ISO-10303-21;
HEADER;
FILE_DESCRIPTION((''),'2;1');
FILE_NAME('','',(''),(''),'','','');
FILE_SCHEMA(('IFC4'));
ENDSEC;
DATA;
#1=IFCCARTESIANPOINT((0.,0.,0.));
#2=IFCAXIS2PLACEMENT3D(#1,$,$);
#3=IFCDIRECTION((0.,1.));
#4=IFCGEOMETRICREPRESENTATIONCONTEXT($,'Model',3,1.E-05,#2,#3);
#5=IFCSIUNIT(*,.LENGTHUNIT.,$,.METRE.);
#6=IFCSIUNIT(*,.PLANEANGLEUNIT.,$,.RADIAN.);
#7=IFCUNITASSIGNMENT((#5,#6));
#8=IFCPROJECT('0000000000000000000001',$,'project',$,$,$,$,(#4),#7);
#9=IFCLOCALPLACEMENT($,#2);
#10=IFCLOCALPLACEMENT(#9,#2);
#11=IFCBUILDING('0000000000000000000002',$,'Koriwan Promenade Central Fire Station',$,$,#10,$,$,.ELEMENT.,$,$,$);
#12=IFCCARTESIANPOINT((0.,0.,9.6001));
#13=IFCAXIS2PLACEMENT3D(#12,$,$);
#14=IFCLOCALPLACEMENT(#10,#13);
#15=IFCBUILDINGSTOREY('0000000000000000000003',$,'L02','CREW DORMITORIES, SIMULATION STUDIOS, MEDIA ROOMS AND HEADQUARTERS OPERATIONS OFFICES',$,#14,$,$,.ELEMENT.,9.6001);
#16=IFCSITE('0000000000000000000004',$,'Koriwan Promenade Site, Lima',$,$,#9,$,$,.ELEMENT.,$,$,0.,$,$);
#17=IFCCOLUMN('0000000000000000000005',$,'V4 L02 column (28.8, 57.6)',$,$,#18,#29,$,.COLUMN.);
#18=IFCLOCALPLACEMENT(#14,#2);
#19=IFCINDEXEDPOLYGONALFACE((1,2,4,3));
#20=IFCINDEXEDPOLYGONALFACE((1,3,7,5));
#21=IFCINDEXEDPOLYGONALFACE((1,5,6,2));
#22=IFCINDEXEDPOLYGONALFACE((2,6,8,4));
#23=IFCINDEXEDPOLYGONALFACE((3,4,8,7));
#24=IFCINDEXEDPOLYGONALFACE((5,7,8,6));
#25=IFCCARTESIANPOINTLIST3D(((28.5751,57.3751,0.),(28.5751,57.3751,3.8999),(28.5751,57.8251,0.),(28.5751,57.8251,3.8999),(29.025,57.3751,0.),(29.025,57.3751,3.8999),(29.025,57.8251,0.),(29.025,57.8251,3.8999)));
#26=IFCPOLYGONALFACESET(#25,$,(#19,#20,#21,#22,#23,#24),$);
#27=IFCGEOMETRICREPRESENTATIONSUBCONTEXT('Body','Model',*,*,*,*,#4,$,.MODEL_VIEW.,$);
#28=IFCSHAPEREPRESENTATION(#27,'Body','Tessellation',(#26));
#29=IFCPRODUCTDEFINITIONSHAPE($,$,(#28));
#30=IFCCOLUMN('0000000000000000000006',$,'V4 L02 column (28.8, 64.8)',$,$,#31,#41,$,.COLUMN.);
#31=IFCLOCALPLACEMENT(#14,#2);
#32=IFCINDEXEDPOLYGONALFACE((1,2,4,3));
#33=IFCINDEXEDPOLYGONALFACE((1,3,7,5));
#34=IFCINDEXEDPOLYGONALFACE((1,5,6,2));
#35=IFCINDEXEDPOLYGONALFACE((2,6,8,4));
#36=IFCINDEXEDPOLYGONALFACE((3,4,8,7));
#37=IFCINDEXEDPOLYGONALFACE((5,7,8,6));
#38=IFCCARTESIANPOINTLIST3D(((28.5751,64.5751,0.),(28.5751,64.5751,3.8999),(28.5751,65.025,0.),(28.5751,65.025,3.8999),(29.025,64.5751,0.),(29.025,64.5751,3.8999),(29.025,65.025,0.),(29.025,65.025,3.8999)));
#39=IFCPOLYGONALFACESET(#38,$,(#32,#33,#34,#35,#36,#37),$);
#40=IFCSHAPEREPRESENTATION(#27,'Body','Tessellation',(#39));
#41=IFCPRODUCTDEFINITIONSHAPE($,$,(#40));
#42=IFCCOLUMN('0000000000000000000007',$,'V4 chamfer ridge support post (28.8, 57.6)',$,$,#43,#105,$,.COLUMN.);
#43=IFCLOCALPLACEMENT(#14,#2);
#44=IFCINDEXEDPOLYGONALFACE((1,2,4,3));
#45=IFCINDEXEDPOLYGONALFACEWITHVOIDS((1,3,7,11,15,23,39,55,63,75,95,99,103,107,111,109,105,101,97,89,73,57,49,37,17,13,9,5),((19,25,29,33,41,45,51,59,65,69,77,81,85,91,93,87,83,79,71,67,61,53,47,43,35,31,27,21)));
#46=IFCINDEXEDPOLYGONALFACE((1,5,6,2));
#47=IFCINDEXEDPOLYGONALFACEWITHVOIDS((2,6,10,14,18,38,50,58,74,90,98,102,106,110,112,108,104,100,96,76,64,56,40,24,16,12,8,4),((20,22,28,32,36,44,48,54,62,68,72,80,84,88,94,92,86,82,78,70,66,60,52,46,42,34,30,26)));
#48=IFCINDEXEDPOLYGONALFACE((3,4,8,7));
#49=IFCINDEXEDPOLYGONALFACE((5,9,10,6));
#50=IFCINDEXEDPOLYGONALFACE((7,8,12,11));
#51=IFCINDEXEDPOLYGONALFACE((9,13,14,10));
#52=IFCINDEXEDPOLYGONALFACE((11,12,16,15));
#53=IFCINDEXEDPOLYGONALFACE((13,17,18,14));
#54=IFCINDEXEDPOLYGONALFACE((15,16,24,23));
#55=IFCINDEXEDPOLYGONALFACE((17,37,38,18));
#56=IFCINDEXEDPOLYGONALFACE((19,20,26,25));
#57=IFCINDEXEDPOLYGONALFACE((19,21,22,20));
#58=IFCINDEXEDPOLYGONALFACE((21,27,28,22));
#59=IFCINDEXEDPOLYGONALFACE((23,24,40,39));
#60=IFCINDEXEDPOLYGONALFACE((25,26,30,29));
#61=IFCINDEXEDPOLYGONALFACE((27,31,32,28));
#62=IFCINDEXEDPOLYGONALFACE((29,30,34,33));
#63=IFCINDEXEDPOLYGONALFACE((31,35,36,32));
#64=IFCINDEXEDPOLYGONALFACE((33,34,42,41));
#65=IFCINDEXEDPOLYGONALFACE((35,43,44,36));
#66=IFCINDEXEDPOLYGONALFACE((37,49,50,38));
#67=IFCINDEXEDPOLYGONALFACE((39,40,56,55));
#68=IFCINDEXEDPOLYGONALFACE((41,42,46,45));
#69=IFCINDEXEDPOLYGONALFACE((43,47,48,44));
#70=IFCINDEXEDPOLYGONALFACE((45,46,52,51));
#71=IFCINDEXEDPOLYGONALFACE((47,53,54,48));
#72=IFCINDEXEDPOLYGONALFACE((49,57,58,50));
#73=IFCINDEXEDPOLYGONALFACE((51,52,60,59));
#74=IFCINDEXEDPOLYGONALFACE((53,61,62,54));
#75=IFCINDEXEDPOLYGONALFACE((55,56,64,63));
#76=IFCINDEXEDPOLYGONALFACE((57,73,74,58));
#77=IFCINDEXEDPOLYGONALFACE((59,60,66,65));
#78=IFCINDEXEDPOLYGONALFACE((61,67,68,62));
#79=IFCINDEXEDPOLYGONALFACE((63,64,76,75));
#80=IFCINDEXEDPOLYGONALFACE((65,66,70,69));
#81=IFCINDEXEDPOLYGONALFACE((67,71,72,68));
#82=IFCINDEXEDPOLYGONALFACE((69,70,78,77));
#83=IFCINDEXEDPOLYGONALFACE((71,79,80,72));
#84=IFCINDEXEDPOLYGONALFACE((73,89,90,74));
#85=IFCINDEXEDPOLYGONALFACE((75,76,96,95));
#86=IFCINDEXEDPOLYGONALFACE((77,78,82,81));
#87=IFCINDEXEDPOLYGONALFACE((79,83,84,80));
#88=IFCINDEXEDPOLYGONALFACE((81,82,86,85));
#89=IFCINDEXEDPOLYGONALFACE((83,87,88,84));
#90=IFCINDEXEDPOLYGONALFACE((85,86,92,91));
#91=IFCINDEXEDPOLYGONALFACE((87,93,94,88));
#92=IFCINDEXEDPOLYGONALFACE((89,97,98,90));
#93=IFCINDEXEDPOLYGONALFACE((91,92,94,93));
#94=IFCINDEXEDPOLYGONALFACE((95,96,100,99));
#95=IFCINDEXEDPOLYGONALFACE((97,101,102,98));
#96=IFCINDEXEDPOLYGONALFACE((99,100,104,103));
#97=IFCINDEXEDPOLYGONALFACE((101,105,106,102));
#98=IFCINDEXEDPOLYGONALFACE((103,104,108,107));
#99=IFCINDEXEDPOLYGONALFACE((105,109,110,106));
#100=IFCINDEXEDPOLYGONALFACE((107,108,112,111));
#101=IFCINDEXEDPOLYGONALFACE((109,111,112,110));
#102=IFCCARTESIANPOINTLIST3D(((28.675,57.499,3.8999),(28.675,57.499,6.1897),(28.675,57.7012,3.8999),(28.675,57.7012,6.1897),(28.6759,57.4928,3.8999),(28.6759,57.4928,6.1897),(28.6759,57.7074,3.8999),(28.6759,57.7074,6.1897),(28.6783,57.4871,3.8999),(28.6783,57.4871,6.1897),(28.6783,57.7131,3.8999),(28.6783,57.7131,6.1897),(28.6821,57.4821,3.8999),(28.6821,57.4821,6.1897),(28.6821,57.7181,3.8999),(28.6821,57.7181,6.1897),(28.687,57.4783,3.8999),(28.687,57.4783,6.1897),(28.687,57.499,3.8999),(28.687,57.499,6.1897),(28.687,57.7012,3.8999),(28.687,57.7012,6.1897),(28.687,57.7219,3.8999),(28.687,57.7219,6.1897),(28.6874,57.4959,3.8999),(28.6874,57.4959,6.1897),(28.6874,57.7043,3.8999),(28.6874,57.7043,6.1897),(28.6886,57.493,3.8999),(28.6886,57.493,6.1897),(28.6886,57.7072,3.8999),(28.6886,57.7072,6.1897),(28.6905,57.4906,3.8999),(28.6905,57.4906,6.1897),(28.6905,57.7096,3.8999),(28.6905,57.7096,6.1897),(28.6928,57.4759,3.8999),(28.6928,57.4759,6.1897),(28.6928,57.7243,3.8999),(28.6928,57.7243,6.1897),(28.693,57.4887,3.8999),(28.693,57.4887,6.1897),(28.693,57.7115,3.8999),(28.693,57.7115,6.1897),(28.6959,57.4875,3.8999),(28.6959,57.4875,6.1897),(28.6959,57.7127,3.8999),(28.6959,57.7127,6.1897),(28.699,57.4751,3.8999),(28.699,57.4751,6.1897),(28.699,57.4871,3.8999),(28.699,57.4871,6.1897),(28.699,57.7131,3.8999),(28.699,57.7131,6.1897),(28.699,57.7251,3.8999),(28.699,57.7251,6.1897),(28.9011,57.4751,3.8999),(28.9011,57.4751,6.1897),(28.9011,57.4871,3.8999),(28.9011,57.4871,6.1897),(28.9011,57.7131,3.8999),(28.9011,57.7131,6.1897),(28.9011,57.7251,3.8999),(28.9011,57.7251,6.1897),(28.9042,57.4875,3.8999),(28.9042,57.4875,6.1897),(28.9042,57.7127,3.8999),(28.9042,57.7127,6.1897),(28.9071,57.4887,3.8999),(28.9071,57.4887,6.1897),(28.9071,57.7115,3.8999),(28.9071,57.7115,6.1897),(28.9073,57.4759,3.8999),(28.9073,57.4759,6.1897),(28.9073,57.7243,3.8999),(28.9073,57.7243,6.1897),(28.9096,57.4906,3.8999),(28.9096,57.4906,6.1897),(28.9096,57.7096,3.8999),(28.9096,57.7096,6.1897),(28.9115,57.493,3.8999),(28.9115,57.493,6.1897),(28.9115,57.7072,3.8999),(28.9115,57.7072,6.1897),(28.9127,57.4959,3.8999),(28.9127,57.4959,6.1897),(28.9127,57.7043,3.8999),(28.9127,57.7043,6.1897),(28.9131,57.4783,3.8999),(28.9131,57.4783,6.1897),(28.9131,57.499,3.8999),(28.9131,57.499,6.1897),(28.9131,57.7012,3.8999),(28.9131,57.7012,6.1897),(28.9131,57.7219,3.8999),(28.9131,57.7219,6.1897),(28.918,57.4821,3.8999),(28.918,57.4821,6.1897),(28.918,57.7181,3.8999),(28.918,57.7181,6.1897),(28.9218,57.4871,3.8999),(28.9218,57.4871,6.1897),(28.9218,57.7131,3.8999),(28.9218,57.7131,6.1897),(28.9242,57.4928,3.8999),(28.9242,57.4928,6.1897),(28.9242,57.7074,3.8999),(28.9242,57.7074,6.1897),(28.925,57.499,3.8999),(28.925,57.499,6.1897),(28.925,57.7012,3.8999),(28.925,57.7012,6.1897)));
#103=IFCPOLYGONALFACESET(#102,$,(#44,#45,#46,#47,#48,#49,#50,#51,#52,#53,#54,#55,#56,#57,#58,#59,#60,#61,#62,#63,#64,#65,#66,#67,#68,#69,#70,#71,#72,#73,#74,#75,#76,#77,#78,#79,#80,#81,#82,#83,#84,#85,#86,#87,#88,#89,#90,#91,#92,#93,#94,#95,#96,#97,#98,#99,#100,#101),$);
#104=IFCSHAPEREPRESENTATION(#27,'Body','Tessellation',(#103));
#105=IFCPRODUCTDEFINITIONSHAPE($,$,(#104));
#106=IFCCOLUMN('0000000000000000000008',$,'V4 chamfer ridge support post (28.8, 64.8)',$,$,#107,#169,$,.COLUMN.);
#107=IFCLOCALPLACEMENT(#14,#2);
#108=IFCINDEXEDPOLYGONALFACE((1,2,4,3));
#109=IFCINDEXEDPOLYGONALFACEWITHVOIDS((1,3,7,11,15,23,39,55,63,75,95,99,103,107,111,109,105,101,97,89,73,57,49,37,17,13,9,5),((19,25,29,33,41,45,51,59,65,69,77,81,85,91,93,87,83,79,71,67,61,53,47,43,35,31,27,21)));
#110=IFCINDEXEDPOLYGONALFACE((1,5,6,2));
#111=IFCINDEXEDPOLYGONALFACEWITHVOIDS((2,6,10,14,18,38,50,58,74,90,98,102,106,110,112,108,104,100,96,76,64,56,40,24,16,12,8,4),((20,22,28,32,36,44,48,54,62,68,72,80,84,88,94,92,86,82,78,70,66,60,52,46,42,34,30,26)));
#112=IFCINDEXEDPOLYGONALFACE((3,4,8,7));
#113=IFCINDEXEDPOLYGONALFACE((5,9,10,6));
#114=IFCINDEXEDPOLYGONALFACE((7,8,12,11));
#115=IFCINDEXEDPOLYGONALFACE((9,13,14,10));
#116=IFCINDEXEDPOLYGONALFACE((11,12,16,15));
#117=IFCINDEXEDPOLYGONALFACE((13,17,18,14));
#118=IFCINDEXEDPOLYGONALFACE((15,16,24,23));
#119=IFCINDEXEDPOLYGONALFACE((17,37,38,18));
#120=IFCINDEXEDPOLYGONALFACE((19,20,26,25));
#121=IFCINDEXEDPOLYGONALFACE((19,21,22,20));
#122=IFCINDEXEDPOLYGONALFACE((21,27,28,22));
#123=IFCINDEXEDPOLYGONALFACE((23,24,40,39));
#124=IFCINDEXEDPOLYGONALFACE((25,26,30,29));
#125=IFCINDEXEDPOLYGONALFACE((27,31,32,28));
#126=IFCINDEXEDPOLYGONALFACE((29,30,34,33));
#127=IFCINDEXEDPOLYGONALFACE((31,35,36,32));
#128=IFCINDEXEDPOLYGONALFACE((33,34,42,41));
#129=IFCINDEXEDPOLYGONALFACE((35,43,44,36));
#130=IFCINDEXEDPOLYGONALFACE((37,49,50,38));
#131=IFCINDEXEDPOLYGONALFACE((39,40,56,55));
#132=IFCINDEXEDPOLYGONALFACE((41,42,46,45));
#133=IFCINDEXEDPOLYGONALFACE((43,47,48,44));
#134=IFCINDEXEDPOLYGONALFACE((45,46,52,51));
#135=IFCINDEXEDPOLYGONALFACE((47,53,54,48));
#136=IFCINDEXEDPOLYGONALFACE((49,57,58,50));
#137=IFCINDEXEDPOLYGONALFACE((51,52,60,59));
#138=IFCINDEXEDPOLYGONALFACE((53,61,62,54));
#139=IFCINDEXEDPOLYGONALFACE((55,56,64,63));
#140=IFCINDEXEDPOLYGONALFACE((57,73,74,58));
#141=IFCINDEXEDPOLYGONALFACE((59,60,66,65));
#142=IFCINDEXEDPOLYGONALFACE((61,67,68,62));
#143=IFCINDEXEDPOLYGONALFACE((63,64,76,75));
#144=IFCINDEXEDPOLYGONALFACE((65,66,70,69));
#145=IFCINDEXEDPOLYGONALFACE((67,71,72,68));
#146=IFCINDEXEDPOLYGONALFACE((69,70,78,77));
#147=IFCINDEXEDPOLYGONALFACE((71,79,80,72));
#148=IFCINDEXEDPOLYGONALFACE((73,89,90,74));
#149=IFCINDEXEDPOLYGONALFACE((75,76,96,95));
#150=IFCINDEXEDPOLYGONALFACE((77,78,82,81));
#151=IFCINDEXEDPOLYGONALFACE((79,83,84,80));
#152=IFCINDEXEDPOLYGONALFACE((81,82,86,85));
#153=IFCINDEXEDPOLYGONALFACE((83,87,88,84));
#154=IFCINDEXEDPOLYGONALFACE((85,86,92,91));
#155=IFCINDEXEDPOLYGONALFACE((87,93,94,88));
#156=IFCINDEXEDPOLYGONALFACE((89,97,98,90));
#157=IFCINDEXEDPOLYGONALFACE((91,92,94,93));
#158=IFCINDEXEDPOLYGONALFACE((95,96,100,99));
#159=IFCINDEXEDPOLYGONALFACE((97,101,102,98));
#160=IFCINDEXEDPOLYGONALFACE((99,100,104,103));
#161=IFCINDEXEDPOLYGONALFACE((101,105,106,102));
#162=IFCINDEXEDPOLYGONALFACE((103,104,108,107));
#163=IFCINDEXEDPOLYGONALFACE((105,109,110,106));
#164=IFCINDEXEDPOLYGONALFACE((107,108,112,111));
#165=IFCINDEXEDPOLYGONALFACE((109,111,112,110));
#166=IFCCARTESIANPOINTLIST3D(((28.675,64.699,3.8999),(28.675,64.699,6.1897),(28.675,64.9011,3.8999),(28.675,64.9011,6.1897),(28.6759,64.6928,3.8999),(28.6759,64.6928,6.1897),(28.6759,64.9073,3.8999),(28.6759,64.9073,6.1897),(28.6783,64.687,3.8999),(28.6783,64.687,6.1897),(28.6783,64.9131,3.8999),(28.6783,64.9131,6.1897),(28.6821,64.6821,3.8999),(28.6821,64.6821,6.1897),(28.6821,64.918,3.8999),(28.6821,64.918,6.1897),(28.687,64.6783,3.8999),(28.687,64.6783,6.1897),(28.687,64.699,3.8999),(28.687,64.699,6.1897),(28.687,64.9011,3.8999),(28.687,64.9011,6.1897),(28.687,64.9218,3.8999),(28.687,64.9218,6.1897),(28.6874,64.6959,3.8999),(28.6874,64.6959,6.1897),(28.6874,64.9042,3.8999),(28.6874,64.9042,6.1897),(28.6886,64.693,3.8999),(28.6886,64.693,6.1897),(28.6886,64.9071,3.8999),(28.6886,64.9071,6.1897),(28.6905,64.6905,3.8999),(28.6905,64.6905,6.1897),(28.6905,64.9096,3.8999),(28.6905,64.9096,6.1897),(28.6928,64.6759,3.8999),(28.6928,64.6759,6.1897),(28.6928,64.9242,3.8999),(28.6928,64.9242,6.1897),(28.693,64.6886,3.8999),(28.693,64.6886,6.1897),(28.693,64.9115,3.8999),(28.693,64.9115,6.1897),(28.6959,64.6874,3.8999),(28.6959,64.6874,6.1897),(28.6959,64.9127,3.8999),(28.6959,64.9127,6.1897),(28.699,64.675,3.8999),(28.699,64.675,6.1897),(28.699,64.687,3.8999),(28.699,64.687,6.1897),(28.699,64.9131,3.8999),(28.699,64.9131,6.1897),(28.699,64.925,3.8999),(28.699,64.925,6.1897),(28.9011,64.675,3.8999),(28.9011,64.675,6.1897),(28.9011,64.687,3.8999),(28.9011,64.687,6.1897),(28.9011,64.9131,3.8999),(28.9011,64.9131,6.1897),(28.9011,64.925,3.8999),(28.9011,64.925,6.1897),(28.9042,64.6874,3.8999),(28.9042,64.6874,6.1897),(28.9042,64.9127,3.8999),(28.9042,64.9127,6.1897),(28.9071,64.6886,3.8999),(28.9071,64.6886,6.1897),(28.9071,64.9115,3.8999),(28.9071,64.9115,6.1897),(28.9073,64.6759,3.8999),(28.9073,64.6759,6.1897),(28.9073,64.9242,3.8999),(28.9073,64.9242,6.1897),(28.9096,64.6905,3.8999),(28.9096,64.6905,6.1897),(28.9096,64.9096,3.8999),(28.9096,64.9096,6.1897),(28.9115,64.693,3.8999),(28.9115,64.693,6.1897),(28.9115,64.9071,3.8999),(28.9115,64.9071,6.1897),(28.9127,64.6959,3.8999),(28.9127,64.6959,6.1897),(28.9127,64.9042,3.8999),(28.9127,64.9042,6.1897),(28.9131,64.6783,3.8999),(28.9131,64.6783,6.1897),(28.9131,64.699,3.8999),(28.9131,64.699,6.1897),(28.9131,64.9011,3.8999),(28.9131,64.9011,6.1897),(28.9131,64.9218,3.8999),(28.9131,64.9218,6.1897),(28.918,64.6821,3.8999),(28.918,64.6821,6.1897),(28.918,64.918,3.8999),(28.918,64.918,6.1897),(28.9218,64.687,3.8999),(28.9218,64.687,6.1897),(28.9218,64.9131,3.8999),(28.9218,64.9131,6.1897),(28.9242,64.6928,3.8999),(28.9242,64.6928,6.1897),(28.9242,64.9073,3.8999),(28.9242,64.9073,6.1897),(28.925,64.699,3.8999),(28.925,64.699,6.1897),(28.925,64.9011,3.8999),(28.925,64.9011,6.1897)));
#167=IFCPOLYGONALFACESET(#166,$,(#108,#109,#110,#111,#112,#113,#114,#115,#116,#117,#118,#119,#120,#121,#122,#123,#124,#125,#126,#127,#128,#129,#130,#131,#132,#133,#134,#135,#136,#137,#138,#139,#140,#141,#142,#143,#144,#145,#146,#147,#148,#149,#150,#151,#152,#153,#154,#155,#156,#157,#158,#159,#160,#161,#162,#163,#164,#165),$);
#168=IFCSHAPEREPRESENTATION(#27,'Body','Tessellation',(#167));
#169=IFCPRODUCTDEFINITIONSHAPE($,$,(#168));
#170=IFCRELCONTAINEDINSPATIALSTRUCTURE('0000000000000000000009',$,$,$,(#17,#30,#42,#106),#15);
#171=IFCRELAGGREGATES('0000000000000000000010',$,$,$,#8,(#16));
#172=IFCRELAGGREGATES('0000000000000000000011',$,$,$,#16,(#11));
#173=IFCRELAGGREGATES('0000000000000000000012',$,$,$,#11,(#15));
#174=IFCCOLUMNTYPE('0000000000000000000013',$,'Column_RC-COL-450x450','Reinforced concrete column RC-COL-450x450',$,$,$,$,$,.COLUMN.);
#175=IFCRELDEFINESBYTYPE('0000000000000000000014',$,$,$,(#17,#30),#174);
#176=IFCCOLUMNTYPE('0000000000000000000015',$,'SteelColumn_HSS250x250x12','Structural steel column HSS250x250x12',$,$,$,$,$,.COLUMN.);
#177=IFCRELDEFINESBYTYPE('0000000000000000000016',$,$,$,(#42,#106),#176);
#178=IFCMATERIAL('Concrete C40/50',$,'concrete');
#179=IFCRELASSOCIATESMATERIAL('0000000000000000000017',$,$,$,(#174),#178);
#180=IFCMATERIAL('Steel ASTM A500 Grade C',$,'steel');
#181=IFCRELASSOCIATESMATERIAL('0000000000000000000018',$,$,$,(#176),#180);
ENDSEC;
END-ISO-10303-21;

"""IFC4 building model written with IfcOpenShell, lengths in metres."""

from ifc_helpers import new_model, si_unit, direction, frame, origin, origin_2d, place, context, subcontext, project, spatial, rectangle, hollow_rectangle, extrude, material, material_profile, profile_set, type_object, element, save


model = new_model("IFC4")

# Units and contexts
model_context = context("Model", 3, precision=1e-05, world=origin(), true_north=direction((0.0, 1.0)))
body_context = subcontext(model_context, "Body", "Model", "MODEL_VIEW")
ifc_project = project(units=[si_unit("LENGTHUNIT", "METRE"), si_unit("PLANEANGLEUNIT", "RADIAN")], contexts=[model_context])

# Site, building, storey
site_placement = place(None, origin())
site = spatial("IfcSite", under=ifc_project, at=site_placement, Name="Koriwan Promenade Site, Lima", CompositionType="ELEMENT", RefElevation=0.0)
building_placement = place(site_placement, origin())
building = spatial("IfcBuilding", under=site, at=building_placement, Name="Koriwan Promenade Central Fire Station", CompositionType="ELEMENT")
storey_placement = place(building_placement, frame((0.0, 0.0, 9.6001)))
storey = spatial("IfcBuildingStorey", under=building, at=storey_placement, Name="L02", Description="CREW DORMITORIES, SIMULATION STUDIOS, MEDIA ROOMS AND HEADQUARTERS OPERATIONS OFFICES", CompositionType="ELEMENT", Elevation=9.6001)

# Columns
ifc_material_1 = material(Name="Concrete C40/50", Category="concrete")
ifc_material_profile_1 = material_profile(ifc_material_1, rectangle(XDim=0.45, YDim=0.45, at=origin_2d()), Name="RC-COL-450x450")
ifc_profile_set_1 = profile_set([ifc_material_profile_1], Name="Concrete C40/50")
column_type_1 = type_object("IfcColumnType", Name="Column_RC-COL-450x450", Description="Reinforced concrete column RC-COL-450x450", PredefinedType="COLUMN", material=ifc_profile_set_1)
for number, where, z_axis, x_axis, name in (
    (1, (28.8, 57.6001, 0.0), (0.0, 0.0, 1.0), (1.0, 0.0, 0.0), "V4 L02 column (28.8, 57.6)"),
    (2, (28.8, 64.8, 0.0), (0.0, 0.0, 1.0), (1.0, 0.0, 0.0), "V4 L02 column (28.8, 64.8)"),
):
    element("IfcColumn", number, at=place(storey_placement, frame(where, z_axis=z_axis, x_axis=x_axis)), inside=storey, type_object=column_type_1, Name=name, PredefinedType="COLUMN", context=body_context, shape_type="SweptSolid", body=[
        extrude(rectangle(XDim=0.45, YDim=0.45, at=origin_2d()), origin(), (0.0, 0.0, 1.0), 3.8999),
    ])
ifc_material_2 = material(Name="Steel ASTM A500 Grade C", Category="steel")
ifc_material_profile_2 = material_profile(ifc_material_2, hollow_rectangle(XDim=0.25, YDim=0.25, WallThickness=0.012, InnerFilletRadius=0.012, OuterFilletRadius=0.0239, at=origin_2d()), Name="HSS250x250x12")
ifc_profile_set_2 = profile_set([ifc_material_profile_2], Name="Steel ASTM A500 Grade C")
column_type_2 = type_object("IfcColumnType", Name="SteelColumn_HSS250x250x12", Description="Structural steel column HSS250x250x12", PredefinedType="COLUMN", material=ifc_profile_set_2)
for number, where, z_axis, x_axis, name in (
    (3, (28.8, 57.6001, 3.8999), (0.0, 0.0, 1.0), (1.0, 0.0, 0.0), "V4 chamfer ridge support post (28.8, 57.6)"),
    (4, (28.8, 64.8, 3.8999), (0.0, 0.0, 1.0), (1.0, 0.0, 0.0), "V4 chamfer ridge support post (28.8, 64.8)"),
):
    element("IfcColumn", number, at=place(storey_placement, frame(where, z_axis=z_axis, x_axis=x_axis)), inside=storey, type_object=column_type_2, Name=name, PredefinedType="COLUMN", context=body_context, shape_type="SweptSolid", body=[
        extrude(hollow_rectangle(XDim=0.25, YDim=0.25, WallThickness=0.012, InnerFilletRadius=0.012, OuterFilletRadius=0.0239, at=origin_2d()), origin(), (0.0, 0.0, 1.0), 2.2898),
    ])

save(model, "model.ifc")
